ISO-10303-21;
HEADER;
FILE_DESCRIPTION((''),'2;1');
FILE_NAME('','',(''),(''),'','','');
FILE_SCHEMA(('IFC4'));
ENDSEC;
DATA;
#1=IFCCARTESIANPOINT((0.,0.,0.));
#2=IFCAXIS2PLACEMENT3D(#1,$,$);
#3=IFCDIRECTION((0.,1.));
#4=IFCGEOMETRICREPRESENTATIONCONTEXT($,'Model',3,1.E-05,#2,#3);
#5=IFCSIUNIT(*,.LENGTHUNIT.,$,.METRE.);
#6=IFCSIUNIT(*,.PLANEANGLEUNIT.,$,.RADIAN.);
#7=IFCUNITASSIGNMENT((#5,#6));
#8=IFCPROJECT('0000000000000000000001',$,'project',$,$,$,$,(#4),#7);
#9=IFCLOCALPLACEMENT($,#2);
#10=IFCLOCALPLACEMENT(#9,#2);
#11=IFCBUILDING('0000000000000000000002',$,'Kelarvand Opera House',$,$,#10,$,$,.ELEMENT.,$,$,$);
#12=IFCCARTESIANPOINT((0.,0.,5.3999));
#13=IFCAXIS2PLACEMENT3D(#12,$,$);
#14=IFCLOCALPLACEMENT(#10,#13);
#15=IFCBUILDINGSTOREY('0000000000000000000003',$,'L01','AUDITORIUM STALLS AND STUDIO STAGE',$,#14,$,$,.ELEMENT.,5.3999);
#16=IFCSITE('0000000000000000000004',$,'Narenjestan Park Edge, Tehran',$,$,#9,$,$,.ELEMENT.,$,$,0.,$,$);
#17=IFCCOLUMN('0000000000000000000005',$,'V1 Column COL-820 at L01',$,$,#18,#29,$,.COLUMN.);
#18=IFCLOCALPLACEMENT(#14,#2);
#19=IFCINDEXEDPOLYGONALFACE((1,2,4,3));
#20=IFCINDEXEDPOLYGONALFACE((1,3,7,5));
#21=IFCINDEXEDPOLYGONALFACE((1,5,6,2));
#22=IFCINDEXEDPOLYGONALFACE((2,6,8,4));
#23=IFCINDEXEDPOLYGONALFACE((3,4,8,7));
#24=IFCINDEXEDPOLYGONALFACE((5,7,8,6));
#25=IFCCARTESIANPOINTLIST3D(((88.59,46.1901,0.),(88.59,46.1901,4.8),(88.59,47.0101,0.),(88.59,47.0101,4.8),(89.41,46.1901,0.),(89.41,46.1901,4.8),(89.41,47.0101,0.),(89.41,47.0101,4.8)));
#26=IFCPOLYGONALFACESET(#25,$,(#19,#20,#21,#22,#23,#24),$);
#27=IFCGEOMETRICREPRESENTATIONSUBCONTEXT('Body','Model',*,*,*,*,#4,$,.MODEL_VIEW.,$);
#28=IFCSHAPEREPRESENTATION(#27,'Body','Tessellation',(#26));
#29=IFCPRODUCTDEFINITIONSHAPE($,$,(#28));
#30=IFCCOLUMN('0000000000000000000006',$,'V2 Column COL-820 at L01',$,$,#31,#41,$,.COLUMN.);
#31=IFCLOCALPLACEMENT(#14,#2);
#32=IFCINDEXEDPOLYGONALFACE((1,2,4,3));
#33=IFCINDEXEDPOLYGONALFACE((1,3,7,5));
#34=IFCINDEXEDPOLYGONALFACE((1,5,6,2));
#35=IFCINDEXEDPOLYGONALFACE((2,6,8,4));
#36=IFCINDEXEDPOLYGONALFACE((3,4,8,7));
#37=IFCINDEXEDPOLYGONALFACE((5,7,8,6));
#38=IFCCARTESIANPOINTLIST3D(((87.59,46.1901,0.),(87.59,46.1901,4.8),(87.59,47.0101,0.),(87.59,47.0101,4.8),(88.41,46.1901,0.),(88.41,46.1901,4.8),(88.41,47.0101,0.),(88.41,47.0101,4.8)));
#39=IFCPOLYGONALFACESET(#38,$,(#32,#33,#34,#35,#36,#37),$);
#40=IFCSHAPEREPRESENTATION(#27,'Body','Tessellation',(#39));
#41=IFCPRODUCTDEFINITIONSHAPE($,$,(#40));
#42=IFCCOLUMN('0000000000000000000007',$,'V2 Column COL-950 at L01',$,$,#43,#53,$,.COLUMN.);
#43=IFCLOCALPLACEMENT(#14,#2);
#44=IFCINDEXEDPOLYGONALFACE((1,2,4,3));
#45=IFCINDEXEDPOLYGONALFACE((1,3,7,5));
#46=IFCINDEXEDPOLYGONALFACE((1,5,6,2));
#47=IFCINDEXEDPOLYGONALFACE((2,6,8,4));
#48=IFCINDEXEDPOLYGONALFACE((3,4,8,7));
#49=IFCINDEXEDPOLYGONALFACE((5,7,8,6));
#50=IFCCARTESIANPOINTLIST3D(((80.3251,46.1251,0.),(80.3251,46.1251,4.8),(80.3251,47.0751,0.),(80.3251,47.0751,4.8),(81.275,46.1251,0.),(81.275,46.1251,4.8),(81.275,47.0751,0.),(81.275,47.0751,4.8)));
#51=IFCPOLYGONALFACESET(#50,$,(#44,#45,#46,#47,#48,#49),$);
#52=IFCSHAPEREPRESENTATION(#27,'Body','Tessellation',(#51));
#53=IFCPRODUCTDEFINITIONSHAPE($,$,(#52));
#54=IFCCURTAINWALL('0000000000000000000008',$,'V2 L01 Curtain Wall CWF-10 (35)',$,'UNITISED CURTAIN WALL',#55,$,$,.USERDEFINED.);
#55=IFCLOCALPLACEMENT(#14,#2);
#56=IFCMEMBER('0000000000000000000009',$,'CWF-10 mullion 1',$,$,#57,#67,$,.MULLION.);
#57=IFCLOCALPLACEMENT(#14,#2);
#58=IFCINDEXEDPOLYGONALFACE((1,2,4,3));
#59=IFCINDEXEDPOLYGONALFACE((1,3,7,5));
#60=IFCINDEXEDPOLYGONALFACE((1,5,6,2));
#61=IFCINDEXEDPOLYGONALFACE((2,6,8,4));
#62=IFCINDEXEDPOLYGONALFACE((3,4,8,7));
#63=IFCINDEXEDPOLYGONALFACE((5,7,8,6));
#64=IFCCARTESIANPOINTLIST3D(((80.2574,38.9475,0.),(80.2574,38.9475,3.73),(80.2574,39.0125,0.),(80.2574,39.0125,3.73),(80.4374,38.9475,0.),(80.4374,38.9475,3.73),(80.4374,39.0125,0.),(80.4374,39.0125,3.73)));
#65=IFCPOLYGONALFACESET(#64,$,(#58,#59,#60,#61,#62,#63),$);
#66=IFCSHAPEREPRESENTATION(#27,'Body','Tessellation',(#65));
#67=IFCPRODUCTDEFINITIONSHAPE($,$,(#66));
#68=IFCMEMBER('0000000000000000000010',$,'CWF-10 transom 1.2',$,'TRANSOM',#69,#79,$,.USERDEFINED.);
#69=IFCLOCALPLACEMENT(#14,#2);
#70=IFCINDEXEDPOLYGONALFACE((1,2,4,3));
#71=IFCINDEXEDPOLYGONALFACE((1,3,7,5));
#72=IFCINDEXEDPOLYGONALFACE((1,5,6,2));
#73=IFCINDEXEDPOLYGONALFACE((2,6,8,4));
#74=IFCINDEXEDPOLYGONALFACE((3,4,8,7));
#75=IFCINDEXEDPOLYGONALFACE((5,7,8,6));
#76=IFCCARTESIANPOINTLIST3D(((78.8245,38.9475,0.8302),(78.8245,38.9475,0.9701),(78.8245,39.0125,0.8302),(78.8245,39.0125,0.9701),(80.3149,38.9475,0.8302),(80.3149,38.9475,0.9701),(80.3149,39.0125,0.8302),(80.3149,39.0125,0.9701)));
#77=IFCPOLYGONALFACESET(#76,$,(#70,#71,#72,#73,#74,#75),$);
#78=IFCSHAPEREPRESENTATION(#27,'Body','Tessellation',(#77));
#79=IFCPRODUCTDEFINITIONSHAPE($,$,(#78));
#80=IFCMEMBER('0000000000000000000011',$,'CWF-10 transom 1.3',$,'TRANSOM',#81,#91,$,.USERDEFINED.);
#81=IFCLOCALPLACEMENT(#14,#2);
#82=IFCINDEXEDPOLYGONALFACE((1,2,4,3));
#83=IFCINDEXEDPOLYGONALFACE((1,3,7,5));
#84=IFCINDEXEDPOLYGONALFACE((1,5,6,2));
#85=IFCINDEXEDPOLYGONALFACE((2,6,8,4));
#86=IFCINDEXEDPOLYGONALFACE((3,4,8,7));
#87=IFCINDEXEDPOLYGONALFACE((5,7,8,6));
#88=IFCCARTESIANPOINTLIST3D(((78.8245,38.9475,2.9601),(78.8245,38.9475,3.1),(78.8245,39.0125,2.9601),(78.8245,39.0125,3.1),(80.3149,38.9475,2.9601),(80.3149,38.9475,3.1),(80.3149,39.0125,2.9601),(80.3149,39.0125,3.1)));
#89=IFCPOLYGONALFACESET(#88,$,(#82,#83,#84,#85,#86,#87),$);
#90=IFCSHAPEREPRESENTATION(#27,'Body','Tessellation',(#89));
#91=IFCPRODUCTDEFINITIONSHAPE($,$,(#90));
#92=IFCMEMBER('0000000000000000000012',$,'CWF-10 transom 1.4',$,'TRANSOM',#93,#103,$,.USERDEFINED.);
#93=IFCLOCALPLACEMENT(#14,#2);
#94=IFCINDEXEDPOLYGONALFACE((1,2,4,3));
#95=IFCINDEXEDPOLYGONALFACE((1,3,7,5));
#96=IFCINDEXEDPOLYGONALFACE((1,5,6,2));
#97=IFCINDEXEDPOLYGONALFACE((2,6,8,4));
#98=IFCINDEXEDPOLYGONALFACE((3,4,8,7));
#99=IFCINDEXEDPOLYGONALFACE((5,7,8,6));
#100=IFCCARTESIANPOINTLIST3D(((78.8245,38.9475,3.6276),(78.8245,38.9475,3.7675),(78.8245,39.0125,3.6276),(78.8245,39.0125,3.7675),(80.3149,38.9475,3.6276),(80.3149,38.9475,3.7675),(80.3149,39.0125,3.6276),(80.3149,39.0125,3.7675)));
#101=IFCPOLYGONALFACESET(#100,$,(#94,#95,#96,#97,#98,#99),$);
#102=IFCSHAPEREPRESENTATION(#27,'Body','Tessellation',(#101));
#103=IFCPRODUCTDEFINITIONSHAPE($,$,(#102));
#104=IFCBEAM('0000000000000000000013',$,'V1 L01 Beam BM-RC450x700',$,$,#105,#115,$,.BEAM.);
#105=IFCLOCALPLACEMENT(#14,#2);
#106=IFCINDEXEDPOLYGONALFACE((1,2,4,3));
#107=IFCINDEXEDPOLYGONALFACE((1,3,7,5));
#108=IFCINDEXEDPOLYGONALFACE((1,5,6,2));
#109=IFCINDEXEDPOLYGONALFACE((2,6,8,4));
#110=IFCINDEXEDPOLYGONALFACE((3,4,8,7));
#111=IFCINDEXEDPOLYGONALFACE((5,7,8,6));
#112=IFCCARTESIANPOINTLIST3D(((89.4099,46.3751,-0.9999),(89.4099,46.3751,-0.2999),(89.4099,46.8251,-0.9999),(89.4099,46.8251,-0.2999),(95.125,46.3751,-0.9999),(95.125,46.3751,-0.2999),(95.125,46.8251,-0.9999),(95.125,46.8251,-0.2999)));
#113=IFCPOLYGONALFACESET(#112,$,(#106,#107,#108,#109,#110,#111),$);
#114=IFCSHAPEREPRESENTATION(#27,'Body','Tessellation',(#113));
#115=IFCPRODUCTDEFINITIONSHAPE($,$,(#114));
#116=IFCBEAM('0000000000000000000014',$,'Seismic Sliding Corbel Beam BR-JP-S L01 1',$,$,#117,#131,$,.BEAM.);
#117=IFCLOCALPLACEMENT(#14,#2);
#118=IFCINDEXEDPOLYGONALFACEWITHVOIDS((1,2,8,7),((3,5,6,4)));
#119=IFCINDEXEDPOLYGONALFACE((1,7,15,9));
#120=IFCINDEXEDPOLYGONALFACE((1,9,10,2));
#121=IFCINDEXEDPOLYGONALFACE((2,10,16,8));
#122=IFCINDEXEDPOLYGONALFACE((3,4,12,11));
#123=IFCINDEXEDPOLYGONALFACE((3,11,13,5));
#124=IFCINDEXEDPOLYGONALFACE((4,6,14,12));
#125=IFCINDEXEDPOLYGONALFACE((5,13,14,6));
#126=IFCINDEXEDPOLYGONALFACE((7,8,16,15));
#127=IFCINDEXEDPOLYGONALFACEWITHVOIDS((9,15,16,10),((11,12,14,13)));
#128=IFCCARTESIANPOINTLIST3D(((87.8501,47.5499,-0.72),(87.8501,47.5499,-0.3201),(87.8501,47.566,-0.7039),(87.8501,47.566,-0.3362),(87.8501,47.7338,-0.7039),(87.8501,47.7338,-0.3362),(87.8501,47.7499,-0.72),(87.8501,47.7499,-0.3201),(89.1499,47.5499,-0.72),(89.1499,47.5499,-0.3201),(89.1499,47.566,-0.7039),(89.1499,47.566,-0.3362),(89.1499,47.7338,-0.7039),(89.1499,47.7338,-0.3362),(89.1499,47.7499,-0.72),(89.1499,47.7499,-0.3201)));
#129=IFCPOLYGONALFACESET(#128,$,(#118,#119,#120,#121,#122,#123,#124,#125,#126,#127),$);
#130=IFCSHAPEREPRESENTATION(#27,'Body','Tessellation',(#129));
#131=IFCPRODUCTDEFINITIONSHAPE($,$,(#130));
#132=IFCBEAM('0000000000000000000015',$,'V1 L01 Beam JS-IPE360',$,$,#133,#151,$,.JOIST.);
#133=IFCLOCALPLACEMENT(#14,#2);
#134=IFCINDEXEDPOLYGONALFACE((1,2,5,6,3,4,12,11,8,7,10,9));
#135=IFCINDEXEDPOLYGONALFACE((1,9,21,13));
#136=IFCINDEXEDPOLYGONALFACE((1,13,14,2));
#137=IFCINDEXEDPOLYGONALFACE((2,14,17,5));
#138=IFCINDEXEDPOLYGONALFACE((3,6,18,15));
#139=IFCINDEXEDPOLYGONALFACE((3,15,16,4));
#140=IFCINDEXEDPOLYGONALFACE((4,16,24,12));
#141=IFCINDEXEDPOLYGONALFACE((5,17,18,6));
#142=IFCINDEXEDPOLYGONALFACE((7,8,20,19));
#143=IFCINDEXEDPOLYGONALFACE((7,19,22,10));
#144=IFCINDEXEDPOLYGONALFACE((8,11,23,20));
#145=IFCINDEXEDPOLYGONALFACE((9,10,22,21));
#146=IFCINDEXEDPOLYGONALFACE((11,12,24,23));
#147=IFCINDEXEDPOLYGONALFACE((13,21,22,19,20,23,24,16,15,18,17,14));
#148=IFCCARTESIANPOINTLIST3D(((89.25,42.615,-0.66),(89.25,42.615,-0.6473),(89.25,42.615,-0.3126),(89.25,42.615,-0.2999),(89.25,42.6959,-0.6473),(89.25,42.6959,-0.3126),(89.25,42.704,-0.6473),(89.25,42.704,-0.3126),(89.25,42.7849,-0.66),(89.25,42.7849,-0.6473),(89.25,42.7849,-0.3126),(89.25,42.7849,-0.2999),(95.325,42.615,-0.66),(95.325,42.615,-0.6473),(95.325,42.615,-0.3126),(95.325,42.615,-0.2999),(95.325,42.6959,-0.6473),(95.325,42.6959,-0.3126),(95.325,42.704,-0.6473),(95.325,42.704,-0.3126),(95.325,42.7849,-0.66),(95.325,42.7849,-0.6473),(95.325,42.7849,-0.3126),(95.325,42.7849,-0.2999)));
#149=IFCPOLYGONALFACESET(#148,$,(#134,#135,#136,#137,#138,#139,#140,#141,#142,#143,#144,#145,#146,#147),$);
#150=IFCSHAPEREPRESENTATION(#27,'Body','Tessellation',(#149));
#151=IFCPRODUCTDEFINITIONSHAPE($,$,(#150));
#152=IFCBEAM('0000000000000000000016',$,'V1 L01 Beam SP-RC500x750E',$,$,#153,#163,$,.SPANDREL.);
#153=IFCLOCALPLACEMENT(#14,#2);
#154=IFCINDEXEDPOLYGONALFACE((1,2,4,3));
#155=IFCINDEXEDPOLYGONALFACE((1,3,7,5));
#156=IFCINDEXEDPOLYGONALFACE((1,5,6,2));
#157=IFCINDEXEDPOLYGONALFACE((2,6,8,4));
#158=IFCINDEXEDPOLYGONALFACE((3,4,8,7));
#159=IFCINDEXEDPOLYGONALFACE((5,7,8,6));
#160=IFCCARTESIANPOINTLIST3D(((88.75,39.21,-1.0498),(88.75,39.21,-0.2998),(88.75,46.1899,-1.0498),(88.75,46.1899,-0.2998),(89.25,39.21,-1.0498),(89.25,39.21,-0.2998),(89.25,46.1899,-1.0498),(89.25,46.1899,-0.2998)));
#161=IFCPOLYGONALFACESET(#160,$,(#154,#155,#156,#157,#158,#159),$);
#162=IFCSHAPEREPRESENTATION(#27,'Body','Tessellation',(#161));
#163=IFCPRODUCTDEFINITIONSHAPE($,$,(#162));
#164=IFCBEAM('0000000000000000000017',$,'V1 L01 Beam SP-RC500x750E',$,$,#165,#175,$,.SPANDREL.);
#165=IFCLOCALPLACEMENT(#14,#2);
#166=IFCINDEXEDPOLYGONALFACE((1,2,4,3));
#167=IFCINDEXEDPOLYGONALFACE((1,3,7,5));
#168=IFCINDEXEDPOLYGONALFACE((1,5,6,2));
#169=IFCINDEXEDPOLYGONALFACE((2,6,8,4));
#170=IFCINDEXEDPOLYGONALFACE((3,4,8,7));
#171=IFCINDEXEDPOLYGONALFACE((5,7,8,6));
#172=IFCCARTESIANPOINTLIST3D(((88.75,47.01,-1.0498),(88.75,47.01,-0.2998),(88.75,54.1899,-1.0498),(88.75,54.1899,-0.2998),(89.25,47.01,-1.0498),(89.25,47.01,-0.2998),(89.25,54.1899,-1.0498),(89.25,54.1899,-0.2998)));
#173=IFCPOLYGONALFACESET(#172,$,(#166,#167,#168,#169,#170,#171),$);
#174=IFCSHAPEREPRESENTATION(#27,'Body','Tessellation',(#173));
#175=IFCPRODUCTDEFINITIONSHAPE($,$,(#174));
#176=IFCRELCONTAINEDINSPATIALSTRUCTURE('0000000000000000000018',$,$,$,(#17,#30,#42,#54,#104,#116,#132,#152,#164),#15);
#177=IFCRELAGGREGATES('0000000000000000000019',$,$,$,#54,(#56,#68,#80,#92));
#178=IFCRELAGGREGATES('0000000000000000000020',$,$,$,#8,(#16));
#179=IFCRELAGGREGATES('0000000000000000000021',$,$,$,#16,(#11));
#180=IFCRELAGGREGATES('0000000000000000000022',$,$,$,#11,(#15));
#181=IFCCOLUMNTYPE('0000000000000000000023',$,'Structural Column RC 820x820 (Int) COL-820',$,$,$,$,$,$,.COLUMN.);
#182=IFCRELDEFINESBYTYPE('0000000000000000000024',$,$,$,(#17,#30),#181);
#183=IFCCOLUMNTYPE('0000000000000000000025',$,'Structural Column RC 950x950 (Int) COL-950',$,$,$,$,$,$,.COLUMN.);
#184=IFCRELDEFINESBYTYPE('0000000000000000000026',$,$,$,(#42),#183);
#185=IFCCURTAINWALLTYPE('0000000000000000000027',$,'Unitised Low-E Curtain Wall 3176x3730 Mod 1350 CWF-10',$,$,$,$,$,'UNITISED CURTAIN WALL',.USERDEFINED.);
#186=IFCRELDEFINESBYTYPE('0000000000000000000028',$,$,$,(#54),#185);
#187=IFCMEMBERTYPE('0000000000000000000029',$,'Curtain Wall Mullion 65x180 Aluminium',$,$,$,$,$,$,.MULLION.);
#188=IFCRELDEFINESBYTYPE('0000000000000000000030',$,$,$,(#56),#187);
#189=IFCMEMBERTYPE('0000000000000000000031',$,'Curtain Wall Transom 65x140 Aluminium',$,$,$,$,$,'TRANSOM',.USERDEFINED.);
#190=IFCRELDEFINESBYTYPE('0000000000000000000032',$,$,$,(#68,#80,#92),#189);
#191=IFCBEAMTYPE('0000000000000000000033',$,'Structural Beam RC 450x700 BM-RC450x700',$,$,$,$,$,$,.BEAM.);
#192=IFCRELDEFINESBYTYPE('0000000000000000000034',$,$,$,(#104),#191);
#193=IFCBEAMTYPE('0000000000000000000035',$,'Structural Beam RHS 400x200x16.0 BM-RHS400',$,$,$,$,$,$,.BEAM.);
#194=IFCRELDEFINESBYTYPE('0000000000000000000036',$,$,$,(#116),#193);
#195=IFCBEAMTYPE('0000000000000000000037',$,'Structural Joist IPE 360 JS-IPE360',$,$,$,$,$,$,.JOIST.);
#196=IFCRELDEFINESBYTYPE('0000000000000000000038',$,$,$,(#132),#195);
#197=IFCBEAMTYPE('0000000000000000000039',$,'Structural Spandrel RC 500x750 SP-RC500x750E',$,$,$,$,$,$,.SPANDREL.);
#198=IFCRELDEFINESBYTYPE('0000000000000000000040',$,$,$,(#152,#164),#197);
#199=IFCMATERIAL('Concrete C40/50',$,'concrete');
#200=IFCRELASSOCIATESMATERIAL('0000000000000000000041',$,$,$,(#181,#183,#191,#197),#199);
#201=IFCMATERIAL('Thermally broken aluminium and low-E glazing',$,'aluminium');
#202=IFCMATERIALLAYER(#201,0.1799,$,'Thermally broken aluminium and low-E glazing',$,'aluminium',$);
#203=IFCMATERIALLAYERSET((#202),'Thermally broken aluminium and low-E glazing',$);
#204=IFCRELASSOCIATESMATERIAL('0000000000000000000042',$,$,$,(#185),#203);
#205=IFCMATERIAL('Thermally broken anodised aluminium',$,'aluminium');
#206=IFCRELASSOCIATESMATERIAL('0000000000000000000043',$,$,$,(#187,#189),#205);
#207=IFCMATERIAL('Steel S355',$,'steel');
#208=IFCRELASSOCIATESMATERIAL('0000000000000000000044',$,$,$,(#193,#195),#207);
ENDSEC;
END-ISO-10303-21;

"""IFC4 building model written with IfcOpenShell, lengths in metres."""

from ifc_helpers import new_model, si_unit, direction, frame, origin, origin_2d, place, context, subcontext, project, spatial, rectangle, hollow_rectangle, i_section, extrude, material, layer, layer_set, material_profile, profile_set, type_object, element, aggregate, save


model = new_model("IFC4")

# Units and contexts
model_context = context("Model", 3, precision=1e-05, world=origin(), true_north=direction((0.0, 1.0)))
body_context = subcontext(model_context, "Body", "Model", "MODEL_VIEW")
ifc_project = project(units=[si_unit("LENGTHUNIT", "METRE"), si_unit("PLANEANGLEUNIT", "RADIAN")], contexts=[model_context])

# Site, building, storey
site_placement = place(None, origin())
site = spatial("IfcSite", under=ifc_project, at=site_placement, Name="Narenjestan Park Edge, Tehran", CompositionType="ELEMENT", RefElevation=0.0)
building_placement = place(site_placement, origin())
building = spatial("IfcBuilding", under=site, at=building_placement, Name="Kelarvand Opera House", CompositionType="ELEMENT")
storey_placement = place(building_placement, frame((0.0, 0.0, 5.3999)))
storey = spatial("IfcBuildingStorey", under=building, at=storey_placement, Name="L01", Description="AUDITORIUM STALLS AND STUDIO STAGE", CompositionType="ELEMENT", Elevation=5.3999)

# Columns
ifc_material_1 = material(Name="Concrete C40/50", Category="concrete")
ifc_material_profile_1 = material_profile(ifc_material_1, rectangle(XDim=0.8201, YDim=0.8201, at=origin_2d()), Name="RC 820x820", Category="concrete")
ifc_profile_set_1 = profile_set([ifc_material_profile_1], Name="Concrete C40/50")
column_type_1 = type_object("IfcColumnType", Name="Structural Column RC 820x820 (Int) COL-820", PredefinedType="COLUMN", material=ifc_profile_set_1)
for number, where, z_axis, x_axis, name in (
    (1, (89.0, 46.6001, 0.0), (0.0, 0.0, 1.0), (1.0, 0.0, 0.0), "V1 Column COL-820 at L01"),
    (2, (88.0, 46.6001, 0.0), (0.0, 0.0, 1.0), (1.0, 0.0, 0.0), "V2 Column COL-820 at L01"),
):
    element("IfcColumn", number, at=place(storey_placement, frame(where, z_axis=z_axis, x_axis=x_axis)), inside=storey, type_object=column_type_1, Name=name, PredefinedType="COLUMN", context=body_context, shape_type="SweptSolid", body=[
        extrude(rectangle(XDim=0.8201, YDim=0.8201, at=origin_2d()), origin(), (0.0, 0.0, 1.0), 4.8),
    ])
ifc_material_profile_2 = material_profile(ifc_material_1, rectangle(XDim=0.95, YDim=0.95, at=origin_2d()), Name="RC 950x950", Category="concrete")
ifc_profile_set_2 = profile_set([ifc_material_profile_2], Name="Concrete C40/50")
column_type_2 = type_object("IfcColumnType", Name="Structural Column RC 950x950 (Int) COL-950", PredefinedType="COLUMN", material=ifc_profile_set_2)
column_placement = place(storey_placement, frame((80.8, 46.6001, 0.0), z_axis=(0.0, 0.0, 1.0), x_axis=(1.0, 0.0, 0.0)))
element("IfcColumn", 3, at=column_placement, inside=storey, type_object=column_type_2, Name="V2 Column COL-950 at L01", PredefinedType="COLUMN", context=body_context, shape_type="SweptSolid", body=[
    extrude(rectangle(XDim=0.95, YDim=0.95, at=origin_2d()), origin(), (0.0, 0.0, 1.0), 4.8),
])

# Curtain wall, members
ifc_material_2 = material(Name="Thermally broken aluminium and low-E glazing", Category="aluminium")
ifc_layer_1 = layer(ifc_material_2, 0.1799, Name="Thermally broken aluminium and low-E glazing", Category="aluminium")
ifc_layer_set_1 = layer_set([ifc_layer_1], Name="Thermally broken aluminium and low-E glazing")
curtain_wall_type = type_object("IfcCurtainWallType", Name="Unitised Low-E Curtain Wall 3176x3730 Mod 1350 CWF-10", ElementType="UNITISED CURTAIN WALL", PredefinedType="USERDEFINED", material=ifc_layer_set_1)
curtain_wall_placement = place(storey_placement, origin())
curtain_wall = element("IfcCurtainWall", 4, at=curtain_wall_placement, inside=storey, type_object=curtain_wall_type, Name="V2 L01 Curtain Wall CWF-10 (35)", ObjectType="UNITISED CURTAIN WALL", PredefinedType="USERDEFINED")
ifc_material_3 = material(Name="Thermally broken anodised aluminium", Category="aluminium")
ifc_material_profile_3 = material_profile(ifc_material_3, rectangle(XDim=0.0649, YDim=0.1799, at=origin_2d()), Name="ALU MULLION 65x180", Category="aluminium")
ifc_profile_set_3 = profile_set([ifc_material_profile_3], Name="Thermally broken anodised aluminium")
member_type_1 = type_object("IfcMemberType", Name="Curtain Wall Mullion 65x180 Aluminium", PredefinedType="MULLION", material=ifc_profile_set_3)
member_1_placement = place(storey_placement, frame((80.3474, 38.98, 0.0), z_axis=(0.0, 0.0, 1.0), x_axis=(0.0, -1.0, 0.0)))
member_1 = element("IfcMember", 5, at=member_1_placement, type_object=member_type_1, Name="CWF-10 mullion 1", PredefinedType="MULLION", context=body_context, shape_type="SweptSolid", body=[
    extrude(rectangle(XDim=0.0649, YDim=0.1799, at=origin_2d()), origin(), (0.0, 0.0, 1.0), 3.73),
])
ifc_material_profile_4 = material_profile(ifc_material_3, rectangle(XDim=0.0649, YDim=0.1399, at=origin_2d()), Name="ALU TRANSOM 65x140", Category="aluminium")
ifc_profile_set_4 = profile_set([ifc_material_profile_4], Name="Thermally broken anodised aluminium")
member_type_2 = type_object("IfcMemberType", Name="Curtain Wall Transom 65x140 Aluminium", ElementType="TRANSOM", PredefinedType="USERDEFINED", material=ifc_profile_set_4)
member_2_placement = place(storey_placement, frame((80.3149, 38.98, 0.9001), z_axis=(-1.0, 0.0, 0.0), x_axis=(0.0, -1.0, 0.0)))
member_2 = element("IfcMember", 6, at=member_2_placement, type_object=member_type_2, Name="CWF-10 transom 1.2", ObjectType="TRANSOM", PredefinedType="USERDEFINED", context=body_context, shape_type="SweptSolid", body=[
    extrude(rectangle(XDim=0.0649, YDim=0.1399, at=origin_2d()), origin(), (0.0, 0.0, 1.0), 1.4905),
])
member_3_placement = place(storey_placement, frame((80.3149, 38.98, 3.03), z_axis=(-1.0, 0.0, 0.0), x_axis=(0.0, -1.0, 0.0)))
member_3 = element("IfcMember", 7, at=member_3_placement, type_object=member_type_2, Name="CWF-10 transom 1.3", ObjectType="TRANSOM", PredefinedType="USERDEFINED", context=body_context, shape_type="SweptSolid", body=[
    extrude(rectangle(XDim=0.0649, YDim=0.1399, at=origin_2d()), origin(), (0.0, 0.0, 1.0), 1.4905),
])
member_4_placement = place(storey_placement, frame((80.3149, 38.98, 3.6975), z_axis=(-1.0, 0.0, 0.0), x_axis=(0.0, -1.0, 0.0)))
member_4 = element("IfcMember", 8, at=member_4_placement, type_object=member_type_2, Name="CWF-10 transom 1.4", ObjectType="TRANSOM", PredefinedType="USERDEFINED", context=body_context, shape_type="SweptSolid", body=[
    extrude(rectangle(XDim=0.0649, YDim=0.1399, at=origin_2d()), origin(), (0.0, 0.0, 1.0), 1.4905),
])
aggregate(curtain_wall, [member_1, member_2, member_3, member_4])

# Beams
ifc_material_profile_5 = material_profile(ifc_material_1, rectangle(XDim=0.45, YDim=0.7, at=origin_2d()), Name="RC 450x700", Category="concrete")
ifc_profile_set_5 = profile_set([ifc_material_profile_5], Name="Concrete C40/50")
beam_type_1 = type_object("IfcBeamType", Name="Structural Beam RC 450x700 BM-RC450x700", PredefinedType="BEAM", material=ifc_profile_set_5)
beam_1_placement = place(storey_placement, frame((89.4099, 46.6001, -0.6499), z_axis=(1.0, 0.0, 0.0), x_axis=(0.0, 1.0, 0.0)))
element("IfcBeam", 9, at=beam_1_placement, inside=storey, type_object=beam_type_1, Name="V1 L01 Beam BM-RC450x700", PredefinedType="BEAM", context=body_context, shape_type="SweptSolid", body=[
    extrude(rectangle(XDim=0.45, YDim=0.7, at=origin_2d()), origin(), (0.0, 0.0, 1.0), 5.7151),
])
ifc_material_4 = material(Name="Steel S355", Category="steel")
ifc_material_profile_6 = material_profile(ifc_material_4, hollow_rectangle(XDim=0.2, YDim=0.3999, WallThickness=0.0161, at=origin_2d()), Name="RHS 400x200x16.0", Category="steel")
ifc_profile_set_6 = profile_set([ifc_material_profile_6], Name="Steel S355")
beam_type_2 = type_object("IfcBeamType", Name="Structural Beam RHS 400x200x16.0 BM-RHS400", PredefinedType="BEAM", material=ifc_profile_set_6)
beam_2_placement = place(storey_placement, frame((87.8501, 47.6499, -0.52), z_axis=(1.0, 0.0, 0.0), x_axis=(0.0, 1.0, 0.0)))
element("IfcBeam", 10, at=beam_2_placement, inside=storey, type_object=beam_type_2, Name="Seismic Sliding Corbel Beam BR-JP-S L01 1", PredefinedType="BEAM", context=body_context, shape_type="SweptSolid", body=[
    extrude(hollow_rectangle(XDim=0.2, YDim=0.3999, WallThickness=0.0161, at=origin_2d()), origin(), (0.0, 0.0, 1.0), 1.2998),
])
ifc_material_profile_7 = material_profile(ifc_material_4, i_section(OverallWidth=0.1699, OverallDepth=0.3601, WebThickness=0.0081, FlangeThickness=0.0127, at=origin_2d()), Name="IPE 360", Category="steel")
ifc_profile_set_7 = profile_set([ifc_material_profile_7], Name="Steel S355")
beam_type_3 = type_object("IfcBeamType", Name="Structural Joist IPE 360 JS-IPE360", PredefinedType="JOIST", material=ifc_profile_set_7)
beam_3_placement = place(storey_placement, frame((89.25, 42.7, -0.48), z_axis=(1.0, 0.0, 0.0), x_axis=(0.0, 1.0, 0.0)))
element("IfcBeam", 11, at=beam_3_placement, inside=storey, type_object=beam_type_3, Name="V1 L01 Beam JS-IPE360", PredefinedType="JOIST", context=body_context, shape_type="SweptSolid", body=[
    extrude(i_section(OverallWidth=0.1699, OverallDepth=0.3601, WebThickness=0.0081, FlangeThickness=0.0127, at=origin_2d()), origin(), (0.0, 0.0, 1.0), 6.075),
])
ifc_material_profile_8 = material_profile(ifc_material_1, rectangle(XDim=0.5, YDim=0.75, at=origin_2d()), Name="RC 500x750", Category="concrete")
ifc_profile_set_8 = profile_set([ifc_material_profile_8], Name="Concrete C40/50")
beam_type_4 = type_object("IfcBeamType", Name="Structural Spandrel RC 500x750 SP-RC500x750E", PredefinedType="SPANDREL", material=ifc_profile_set_8)
beam_4_placement = place(storey_placement, frame((89.0, 39.21, -0.6748), z_axis=(0.0, 1.0, 0.0), x_axis=(-1.0, 0.0, 0.0)))
element("IfcBeam", 12, at=beam_4_placement, inside=storey, type_object=beam_type_4, Name="V1 L01 Beam SP-RC500x750E", PredefinedType="SPANDREL", context=body_context, shape_type="SweptSolid", body=[
    extrude(rectangle(XDim=0.5, YDim=0.75, at=origin_2d()), origin(), (0.0, 0.0, 1.0), 6.98),
])
beam_5_placement = place(storey_placement, frame((89.0, 47.01, -0.6748), z_axis=(0.0, 1.0, 0.0), x_axis=(-1.0, 0.0, 0.0)))
element("IfcBeam", 13, at=beam_5_placement, inside=storey, type_object=beam_type_4, Name="V1 L01 Beam SP-RC500x750E", PredefinedType="SPANDREL", context=body_context, shape_type="SweptSolid", body=[
    extrude(rectangle(XDim=0.5, YDim=0.75, at=origin_2d()), origin(), (0.0, 0.0, 1.0), 7.1799),
])

save(model, "model.ifc")
